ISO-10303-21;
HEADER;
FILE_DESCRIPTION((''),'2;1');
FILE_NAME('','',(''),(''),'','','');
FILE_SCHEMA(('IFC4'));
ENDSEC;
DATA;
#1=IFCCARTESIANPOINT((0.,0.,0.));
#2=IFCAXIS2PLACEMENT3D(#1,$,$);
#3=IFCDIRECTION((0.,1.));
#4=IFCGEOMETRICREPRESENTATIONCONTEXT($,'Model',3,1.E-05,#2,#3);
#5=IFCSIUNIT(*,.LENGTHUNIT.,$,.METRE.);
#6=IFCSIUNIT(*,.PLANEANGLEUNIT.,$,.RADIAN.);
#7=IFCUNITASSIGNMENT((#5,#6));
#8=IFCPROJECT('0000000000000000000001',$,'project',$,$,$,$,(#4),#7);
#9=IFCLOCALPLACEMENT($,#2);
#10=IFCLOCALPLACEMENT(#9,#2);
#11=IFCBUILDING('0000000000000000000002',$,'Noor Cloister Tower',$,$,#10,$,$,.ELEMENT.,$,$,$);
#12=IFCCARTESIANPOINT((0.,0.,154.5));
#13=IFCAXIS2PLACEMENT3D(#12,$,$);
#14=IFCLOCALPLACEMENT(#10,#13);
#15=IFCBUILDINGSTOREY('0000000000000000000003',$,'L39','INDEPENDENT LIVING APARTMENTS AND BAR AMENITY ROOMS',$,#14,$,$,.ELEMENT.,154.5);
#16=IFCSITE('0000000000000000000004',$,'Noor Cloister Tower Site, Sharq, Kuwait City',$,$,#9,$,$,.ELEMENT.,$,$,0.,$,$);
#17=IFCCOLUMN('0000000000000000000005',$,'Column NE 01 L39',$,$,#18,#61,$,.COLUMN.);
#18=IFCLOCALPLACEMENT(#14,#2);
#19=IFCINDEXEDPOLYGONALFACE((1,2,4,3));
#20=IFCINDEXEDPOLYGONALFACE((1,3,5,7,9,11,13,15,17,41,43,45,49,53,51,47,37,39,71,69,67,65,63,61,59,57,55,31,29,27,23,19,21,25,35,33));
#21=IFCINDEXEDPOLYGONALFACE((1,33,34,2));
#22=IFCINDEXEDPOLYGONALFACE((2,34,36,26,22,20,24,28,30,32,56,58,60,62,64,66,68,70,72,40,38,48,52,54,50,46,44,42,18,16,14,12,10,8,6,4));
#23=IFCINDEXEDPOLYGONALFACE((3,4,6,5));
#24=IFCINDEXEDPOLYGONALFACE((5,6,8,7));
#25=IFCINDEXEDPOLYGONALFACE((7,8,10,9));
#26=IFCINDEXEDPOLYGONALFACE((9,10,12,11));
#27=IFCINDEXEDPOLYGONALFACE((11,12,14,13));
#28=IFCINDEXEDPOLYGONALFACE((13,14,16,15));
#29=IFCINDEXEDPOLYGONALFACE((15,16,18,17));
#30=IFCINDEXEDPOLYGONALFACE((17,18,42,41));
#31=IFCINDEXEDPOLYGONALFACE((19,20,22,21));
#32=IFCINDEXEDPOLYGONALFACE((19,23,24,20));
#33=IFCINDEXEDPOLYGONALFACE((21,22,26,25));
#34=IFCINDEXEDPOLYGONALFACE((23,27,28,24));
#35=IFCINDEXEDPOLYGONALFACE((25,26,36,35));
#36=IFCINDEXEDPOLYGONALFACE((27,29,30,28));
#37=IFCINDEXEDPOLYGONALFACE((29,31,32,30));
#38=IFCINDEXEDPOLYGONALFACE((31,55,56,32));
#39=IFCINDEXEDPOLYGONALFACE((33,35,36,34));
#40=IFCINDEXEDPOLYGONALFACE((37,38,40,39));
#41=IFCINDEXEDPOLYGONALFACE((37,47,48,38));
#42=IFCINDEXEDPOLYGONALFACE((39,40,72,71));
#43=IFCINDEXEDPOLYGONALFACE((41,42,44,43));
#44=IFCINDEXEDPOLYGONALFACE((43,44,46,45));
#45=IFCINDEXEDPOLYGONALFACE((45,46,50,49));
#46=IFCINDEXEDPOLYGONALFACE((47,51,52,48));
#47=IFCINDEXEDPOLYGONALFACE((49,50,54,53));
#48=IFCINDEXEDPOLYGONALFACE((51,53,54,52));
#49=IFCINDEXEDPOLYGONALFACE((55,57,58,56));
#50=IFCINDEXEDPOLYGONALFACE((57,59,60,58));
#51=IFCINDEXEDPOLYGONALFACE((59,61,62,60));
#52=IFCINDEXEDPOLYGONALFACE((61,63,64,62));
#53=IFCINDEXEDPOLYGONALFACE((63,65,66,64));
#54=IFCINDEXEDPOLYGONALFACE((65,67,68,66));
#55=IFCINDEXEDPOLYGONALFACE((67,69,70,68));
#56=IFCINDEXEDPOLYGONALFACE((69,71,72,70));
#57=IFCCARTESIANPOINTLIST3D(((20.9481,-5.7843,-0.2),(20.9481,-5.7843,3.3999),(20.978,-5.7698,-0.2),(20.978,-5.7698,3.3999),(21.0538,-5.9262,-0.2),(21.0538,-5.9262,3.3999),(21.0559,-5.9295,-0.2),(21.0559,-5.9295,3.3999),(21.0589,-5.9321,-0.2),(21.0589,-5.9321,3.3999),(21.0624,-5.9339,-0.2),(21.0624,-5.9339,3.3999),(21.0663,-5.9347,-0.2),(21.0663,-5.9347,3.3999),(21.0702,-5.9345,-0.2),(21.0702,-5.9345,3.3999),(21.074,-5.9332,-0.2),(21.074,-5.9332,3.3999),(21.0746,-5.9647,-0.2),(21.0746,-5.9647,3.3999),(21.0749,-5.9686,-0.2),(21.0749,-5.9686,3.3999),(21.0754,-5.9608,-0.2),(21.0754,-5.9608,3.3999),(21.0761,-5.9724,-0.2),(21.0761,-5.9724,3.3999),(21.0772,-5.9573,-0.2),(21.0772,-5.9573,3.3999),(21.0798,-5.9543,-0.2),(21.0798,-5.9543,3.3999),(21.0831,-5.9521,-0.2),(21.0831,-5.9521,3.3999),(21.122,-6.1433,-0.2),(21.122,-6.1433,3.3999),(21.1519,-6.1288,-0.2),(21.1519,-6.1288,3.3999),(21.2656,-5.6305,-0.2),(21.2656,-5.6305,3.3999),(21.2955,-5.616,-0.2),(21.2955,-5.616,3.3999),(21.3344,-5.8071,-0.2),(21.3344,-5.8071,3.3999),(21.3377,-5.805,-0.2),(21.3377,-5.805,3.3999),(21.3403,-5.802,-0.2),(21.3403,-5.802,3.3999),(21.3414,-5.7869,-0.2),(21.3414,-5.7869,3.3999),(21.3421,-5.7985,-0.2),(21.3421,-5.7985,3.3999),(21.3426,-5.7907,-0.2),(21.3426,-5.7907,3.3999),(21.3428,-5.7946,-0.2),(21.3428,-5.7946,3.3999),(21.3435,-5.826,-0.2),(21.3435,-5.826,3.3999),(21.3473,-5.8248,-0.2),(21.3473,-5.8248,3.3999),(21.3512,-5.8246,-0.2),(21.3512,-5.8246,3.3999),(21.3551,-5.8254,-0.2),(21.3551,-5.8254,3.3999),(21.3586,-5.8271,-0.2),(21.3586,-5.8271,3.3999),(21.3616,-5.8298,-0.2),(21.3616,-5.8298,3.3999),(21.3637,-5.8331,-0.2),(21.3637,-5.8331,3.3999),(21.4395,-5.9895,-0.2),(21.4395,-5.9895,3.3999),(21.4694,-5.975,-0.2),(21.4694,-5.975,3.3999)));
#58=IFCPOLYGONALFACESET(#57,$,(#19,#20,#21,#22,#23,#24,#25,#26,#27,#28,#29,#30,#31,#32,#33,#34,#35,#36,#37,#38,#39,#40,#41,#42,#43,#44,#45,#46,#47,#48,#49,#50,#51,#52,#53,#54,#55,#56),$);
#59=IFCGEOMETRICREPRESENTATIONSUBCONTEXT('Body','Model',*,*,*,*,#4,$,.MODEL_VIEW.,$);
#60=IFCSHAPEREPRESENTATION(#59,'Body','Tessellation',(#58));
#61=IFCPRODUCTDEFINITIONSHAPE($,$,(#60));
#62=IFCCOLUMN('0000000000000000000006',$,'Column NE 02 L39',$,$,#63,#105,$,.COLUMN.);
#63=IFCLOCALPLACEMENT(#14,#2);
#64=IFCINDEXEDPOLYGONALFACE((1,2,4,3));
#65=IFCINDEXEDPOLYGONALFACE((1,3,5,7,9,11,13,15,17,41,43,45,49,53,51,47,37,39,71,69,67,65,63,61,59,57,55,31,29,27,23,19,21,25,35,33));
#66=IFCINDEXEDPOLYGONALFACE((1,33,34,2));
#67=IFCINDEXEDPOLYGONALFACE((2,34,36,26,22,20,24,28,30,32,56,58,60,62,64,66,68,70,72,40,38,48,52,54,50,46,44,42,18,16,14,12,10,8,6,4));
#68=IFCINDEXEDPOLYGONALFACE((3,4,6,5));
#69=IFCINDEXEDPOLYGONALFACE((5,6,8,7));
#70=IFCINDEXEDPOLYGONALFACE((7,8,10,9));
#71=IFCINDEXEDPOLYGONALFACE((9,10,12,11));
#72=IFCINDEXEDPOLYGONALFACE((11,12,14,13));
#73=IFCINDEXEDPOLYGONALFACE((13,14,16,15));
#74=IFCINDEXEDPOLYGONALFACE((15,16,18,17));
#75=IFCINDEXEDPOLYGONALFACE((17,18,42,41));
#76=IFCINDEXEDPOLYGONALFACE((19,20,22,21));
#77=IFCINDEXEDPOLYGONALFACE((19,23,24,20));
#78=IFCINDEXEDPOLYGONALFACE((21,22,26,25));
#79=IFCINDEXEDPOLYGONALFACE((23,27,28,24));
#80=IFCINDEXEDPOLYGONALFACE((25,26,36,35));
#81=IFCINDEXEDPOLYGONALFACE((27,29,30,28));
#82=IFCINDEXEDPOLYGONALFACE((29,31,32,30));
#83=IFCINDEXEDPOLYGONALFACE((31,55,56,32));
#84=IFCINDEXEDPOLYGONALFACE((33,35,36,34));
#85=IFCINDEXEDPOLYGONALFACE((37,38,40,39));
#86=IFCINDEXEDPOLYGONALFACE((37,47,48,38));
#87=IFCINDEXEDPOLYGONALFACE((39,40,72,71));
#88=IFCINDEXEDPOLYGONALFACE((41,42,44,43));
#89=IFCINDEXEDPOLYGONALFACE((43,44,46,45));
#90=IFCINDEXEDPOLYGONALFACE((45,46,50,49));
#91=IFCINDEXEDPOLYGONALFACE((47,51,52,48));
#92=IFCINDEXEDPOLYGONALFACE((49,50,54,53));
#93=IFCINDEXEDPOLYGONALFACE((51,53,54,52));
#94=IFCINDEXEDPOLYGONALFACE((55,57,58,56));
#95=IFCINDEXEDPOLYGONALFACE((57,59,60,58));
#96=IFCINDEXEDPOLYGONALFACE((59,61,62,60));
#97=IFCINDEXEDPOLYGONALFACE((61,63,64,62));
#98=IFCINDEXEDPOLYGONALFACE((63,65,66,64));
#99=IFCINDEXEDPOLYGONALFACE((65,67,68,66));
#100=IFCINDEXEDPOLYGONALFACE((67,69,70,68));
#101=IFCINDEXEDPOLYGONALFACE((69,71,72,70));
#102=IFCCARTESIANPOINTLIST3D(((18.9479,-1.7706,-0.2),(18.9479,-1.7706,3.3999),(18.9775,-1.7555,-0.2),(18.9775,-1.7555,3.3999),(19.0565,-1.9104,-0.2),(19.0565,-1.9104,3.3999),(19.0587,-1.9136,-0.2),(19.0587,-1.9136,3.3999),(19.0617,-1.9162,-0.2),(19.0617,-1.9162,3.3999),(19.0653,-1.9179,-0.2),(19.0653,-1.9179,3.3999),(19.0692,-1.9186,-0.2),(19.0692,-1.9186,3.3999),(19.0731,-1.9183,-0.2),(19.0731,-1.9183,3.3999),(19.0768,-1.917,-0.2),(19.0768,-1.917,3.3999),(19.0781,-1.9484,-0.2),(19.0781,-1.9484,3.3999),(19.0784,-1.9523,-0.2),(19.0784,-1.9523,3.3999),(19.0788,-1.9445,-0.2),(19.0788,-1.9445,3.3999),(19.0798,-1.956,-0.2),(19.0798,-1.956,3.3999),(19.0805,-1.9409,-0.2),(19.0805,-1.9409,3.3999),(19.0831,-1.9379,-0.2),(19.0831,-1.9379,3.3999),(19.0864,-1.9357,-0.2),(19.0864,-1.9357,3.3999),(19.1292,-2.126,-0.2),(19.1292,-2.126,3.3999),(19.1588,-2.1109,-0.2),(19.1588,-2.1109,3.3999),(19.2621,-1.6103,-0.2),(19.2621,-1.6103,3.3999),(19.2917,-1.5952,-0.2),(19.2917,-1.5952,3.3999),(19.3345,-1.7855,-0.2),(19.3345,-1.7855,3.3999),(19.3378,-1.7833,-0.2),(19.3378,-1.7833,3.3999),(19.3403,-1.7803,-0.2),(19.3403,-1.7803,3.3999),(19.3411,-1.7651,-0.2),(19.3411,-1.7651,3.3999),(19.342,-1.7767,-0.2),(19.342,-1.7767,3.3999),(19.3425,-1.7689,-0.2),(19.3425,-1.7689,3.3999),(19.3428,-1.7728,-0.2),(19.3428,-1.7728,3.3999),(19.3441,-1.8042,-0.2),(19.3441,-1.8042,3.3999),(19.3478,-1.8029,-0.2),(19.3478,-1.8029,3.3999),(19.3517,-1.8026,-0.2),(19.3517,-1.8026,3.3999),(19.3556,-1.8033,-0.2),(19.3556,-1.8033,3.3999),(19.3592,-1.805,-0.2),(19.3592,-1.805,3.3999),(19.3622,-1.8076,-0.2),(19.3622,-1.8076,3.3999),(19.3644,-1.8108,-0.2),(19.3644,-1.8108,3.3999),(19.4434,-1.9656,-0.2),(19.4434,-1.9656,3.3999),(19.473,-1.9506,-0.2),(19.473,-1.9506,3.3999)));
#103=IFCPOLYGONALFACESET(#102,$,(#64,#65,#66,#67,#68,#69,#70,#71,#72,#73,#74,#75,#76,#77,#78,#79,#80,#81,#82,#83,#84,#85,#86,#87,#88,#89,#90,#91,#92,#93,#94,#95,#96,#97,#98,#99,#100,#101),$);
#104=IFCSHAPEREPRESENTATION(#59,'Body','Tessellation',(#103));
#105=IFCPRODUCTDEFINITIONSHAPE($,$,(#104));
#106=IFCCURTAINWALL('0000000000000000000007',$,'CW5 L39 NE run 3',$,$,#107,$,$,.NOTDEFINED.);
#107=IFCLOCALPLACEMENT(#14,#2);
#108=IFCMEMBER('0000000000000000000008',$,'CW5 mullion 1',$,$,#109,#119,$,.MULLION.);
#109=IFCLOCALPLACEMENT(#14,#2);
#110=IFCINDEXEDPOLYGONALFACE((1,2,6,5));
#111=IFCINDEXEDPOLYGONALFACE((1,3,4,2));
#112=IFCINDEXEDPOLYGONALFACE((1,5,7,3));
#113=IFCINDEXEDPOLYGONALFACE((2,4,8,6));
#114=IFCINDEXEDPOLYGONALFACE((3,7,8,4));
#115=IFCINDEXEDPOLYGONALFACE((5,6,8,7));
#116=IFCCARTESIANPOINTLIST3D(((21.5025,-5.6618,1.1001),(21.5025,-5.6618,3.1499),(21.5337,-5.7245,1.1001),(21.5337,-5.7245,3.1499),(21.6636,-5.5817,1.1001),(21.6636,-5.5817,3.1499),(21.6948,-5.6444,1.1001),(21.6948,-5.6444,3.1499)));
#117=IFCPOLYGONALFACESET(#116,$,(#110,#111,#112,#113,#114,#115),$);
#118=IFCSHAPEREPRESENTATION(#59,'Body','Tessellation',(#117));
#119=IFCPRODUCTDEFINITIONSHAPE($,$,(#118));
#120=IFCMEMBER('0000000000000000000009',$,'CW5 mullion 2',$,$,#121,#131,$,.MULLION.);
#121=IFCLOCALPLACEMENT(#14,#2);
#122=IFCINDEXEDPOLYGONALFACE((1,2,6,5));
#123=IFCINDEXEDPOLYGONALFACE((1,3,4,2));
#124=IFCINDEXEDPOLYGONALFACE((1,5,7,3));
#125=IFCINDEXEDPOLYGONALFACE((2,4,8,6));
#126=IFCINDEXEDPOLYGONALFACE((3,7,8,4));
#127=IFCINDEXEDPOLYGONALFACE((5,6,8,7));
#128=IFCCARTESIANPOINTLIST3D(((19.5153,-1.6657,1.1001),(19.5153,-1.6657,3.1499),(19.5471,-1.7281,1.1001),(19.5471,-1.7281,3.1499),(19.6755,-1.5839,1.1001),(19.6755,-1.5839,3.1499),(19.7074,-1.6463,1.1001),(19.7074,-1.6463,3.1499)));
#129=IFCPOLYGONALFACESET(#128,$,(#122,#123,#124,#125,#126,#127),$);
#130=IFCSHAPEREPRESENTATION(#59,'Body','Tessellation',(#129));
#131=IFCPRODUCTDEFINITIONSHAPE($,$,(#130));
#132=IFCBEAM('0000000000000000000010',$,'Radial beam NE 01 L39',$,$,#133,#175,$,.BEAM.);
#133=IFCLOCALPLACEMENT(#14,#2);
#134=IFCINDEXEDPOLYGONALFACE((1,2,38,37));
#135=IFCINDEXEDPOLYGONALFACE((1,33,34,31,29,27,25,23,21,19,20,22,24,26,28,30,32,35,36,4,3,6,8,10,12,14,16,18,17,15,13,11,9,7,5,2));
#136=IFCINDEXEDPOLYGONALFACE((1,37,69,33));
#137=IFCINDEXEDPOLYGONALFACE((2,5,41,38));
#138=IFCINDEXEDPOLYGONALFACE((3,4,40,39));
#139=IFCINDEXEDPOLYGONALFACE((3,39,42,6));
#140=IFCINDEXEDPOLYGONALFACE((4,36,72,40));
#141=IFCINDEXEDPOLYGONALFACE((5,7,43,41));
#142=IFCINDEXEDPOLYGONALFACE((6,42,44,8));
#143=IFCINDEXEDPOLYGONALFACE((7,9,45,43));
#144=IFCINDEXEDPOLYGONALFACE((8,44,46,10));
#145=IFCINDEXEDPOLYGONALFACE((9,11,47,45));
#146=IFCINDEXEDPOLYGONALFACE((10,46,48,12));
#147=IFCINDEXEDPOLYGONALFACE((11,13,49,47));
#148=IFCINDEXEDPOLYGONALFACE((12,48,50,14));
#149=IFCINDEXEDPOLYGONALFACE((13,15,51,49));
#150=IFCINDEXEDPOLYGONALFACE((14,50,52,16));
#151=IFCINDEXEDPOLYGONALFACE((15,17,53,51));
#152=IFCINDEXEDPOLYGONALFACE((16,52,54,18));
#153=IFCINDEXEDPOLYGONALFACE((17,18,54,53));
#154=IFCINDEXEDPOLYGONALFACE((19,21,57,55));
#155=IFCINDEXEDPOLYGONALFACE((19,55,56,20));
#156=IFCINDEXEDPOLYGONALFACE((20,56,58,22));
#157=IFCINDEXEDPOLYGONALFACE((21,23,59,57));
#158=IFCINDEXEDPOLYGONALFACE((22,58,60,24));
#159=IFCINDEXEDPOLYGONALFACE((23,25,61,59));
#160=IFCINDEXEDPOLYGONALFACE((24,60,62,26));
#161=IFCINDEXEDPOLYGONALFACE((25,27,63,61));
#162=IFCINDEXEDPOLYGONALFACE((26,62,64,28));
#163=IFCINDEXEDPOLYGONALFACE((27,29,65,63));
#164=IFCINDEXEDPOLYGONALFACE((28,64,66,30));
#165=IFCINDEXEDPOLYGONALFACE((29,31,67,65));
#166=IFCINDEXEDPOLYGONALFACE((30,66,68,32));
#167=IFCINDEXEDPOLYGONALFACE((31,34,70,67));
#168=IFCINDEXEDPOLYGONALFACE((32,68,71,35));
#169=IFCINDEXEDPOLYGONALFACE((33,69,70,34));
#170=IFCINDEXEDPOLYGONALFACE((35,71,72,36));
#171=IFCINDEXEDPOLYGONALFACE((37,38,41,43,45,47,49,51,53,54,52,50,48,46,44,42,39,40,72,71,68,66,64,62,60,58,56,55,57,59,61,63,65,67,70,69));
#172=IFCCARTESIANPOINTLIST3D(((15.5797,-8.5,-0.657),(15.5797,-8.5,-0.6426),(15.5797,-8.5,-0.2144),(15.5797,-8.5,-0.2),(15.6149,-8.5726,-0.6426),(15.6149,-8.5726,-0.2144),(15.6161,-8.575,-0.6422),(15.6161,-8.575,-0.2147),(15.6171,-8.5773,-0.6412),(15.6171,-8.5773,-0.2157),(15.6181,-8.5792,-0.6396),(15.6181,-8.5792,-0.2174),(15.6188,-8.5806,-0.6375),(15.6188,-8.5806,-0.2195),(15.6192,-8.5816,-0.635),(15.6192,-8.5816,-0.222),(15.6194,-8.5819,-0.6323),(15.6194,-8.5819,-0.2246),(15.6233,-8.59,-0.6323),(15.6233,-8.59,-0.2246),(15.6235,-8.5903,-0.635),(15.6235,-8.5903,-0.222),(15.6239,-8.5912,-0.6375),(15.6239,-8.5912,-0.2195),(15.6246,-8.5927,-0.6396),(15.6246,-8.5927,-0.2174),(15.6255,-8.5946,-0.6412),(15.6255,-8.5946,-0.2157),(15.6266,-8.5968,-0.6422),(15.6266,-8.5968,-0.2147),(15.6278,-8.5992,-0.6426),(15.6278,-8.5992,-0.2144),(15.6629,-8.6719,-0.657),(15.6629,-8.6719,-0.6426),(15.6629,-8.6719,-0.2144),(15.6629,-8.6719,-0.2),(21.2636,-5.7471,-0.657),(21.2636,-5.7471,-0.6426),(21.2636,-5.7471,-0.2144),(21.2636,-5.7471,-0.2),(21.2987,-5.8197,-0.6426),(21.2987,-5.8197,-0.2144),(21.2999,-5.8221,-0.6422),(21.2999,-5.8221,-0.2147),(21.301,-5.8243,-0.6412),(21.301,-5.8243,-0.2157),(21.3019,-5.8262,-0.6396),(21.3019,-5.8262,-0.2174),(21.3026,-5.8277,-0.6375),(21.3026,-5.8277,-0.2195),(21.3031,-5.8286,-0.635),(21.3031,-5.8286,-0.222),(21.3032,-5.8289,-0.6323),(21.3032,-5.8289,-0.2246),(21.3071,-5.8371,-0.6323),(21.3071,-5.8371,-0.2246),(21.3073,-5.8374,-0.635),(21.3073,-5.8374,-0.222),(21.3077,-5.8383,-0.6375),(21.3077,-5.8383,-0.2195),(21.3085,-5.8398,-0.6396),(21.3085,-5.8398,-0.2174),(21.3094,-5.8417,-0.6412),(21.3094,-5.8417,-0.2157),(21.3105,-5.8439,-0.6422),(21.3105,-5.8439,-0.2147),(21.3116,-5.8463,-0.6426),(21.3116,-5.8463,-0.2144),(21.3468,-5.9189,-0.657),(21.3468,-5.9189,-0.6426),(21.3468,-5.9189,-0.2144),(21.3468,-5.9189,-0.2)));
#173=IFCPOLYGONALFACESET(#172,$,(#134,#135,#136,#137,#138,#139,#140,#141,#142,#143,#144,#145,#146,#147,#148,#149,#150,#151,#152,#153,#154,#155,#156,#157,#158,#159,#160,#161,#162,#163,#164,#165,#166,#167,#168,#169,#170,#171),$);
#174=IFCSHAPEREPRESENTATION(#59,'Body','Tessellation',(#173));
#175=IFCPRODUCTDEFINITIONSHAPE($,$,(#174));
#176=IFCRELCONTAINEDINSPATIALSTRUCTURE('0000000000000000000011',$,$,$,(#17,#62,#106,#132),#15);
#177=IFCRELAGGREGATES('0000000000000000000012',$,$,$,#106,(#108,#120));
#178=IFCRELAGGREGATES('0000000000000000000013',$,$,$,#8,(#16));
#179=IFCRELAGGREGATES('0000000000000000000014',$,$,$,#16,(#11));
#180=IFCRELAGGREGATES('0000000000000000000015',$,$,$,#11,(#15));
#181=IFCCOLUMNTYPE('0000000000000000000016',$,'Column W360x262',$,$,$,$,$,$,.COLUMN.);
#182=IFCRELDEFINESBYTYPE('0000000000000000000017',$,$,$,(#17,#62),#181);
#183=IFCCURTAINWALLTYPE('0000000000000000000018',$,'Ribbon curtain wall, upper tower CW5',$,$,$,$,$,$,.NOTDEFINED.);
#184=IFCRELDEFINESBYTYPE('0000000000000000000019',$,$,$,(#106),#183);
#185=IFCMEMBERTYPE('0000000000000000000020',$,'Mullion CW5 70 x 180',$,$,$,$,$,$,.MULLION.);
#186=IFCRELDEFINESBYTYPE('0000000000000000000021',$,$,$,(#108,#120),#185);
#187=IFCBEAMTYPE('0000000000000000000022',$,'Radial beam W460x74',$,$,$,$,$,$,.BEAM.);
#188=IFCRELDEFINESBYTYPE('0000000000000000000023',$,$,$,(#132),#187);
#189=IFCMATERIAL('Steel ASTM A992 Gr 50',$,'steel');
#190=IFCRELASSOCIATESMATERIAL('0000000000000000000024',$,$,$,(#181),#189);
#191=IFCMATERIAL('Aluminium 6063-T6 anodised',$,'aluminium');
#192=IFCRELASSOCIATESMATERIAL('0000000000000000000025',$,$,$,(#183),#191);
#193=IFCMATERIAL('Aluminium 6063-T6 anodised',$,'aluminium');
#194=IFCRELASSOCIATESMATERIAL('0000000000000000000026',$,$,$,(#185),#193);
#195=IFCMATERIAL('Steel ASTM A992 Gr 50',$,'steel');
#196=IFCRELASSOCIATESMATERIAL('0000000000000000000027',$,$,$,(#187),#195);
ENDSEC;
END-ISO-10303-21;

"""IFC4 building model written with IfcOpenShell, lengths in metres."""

from ifc_helpers import new_model, si_unit, direction, frame, origin, origin_2d, place, context, subcontext, project, spatial, rectangle, i_section, extrude, material, material_profile, profile_set, type_object, element, aggregate, save


model = new_model("IFC4")

# Units and contexts
model_context = context("Model", 3, precision=1e-05, world=origin(), true_north=direction((0.0, 1.0)))
body_context = subcontext(model_context, "Body", "Model", "MODEL_VIEW")
ifc_project = project(units=[si_unit("LENGTHUNIT", "METRE"), si_unit("PLANEANGLEUNIT", "RADIAN")], contexts=[model_context])

# Site, building, storey
site_placement = place(None, origin())
site = spatial("IfcSite", under=ifc_project, at=site_placement, Name="Noor Cloister Tower Site, Sharq, Kuwait City", CompositionType="ELEMENT", RefElevation=0.0)
building_placement = place(site_placement, origin())
building = spatial("IfcBuilding", under=site, at=building_placement, Name="Noor Cloister Tower", CompositionType="ELEMENT")
storey_placement = place(building_placement, frame((0.0, 0.0, 154.5)))
storey = spatial("IfcBuildingStorey", under=building, at=storey_placement, Name="L39", Description="INDEPENDENT LIVING APARTMENTS AND BAR AMENITY ROOMS", CompositionType="ELEMENT", Elevation=154.5)

# Columns
ifc_material_1 = material(Name="Steel ASTM A992 Gr 50", Category="steel")
ifc_material_profile_1 = material_profile(ifc_material_1, i_section(OverallWidth=0.3989, OverallDepth=0.386, WebThickness=0.021, FlangeThickness=0.0332, FilletRadius=0.0151, at=origin_2d()), Name="W360x262")
ifc_profile_set_1 = profile_set([ifc_material_profile_1], Name="Steel ASTM A992 Gr 50")
column_type = type_object("IfcColumnType", Name="Column W360x262", PredefinedType="COLUMN", material=ifc_profile_set_1)
for number, where, z_axis, x_axis, name in (
    (1, (21.2087, -5.8796, -0.2), (0.0, 0.0, 1.0), (-0.435909, 0.899991, 0.0), "Column NE 01 L39"),
    (2, (19.2104, -1.8606, -0.2), (0.0, 0.0, 1.0), (-0.45447, 0.890762, 0.0), "Column NE 02 L39"),
):
    element("IfcColumn", number, at=place(storey_placement, frame(where, z_axis=z_axis, x_axis=x_axis)), inside=storey, type_object=column_type, Name=name, PredefinedType="COLUMN", context=body_context, shape_type="SweptSolid", body=[
        extrude(i_section(OverallWidth=0.3989, OverallDepth=0.386, WebThickness=0.021, FlangeThickness=0.0332, FilletRadius=0.0151, at=origin_2d()), origin(), (0.0, 0.0, 1.0), 3.5999),
    ])

# Curtain wall, members
ifc_material_2 = material(Name="Aluminium 6063-T6 anodised", Category="aluminium")
curtain_wall_type = type_object("IfcCurtainWallType", Name="Ribbon curtain wall, upper tower CW5", PredefinedType="NOTDEFINED", material=ifc_material_2)
curtain_wall_placement = place(storey_placement, origin())
curtain_wall = element("IfcCurtainWall", 3, at=curtain_wall_placement, inside=storey, type_object=curtain_wall_type, Name="CW5 L39 NE run 3", PredefinedType="NOTDEFINED")
ifc_material_3 = material(Name="Aluminium 6063-T6 anodised", Category="aluminium")
ifc_material_profile_2 = material_profile(ifc_material_3, rectangle(XDim=0.1799, YDim=0.0701, at=origin_2d()), Name="180 x 70 mullion")
ifc_profile_set_2 = profile_set([ifc_material_profile_2], Name="Aluminium 6063-T6 anodised")
member_type = type_object("IfcMemberType", Name="Mullion CW5 70 x 180", PredefinedType="MULLION", material=ifc_profile_set_2)
member_1_placement = place(storey_placement, frame((21.5986, -5.6531, 1.1001), z_axis=(0.0, 0.0, 1.0), x_axis=(-0.895424, -0.445213, 0.0)))
member_1 = element("IfcMember", 4, at=member_1_placement, type_object=member_type, Name="CW5 mullion 1", PredefinedType="MULLION", context=body_context, shape_type="SweptSolid", body=[
    extrude(rectangle(XDim=0.1799, YDim=0.0701, at=origin_2d()), origin(), (0.0, 0.0, 1.0), 2.0498),
])
member_2_placement = place(storey_placement, frame((19.6113, -1.656, 1.1001), z_axis=(0.0, 0.0, 1.0), x_axis=(-0.890762, -0.45447, 0.0)))
member_2 = element("IfcMember", 5, at=member_2_placement, type_object=member_type, Name="CW5 mullion 2", PredefinedType="MULLION", context=body_context, shape_type="SweptSolid", body=[
    extrude(rectangle(XDim=0.1799, YDim=0.0701, at=origin_2d()), origin(), (0.0, 0.0, 1.0), 2.0498),
])

# Beam
ifc_material_4 = material(Name="Steel ASTM A992 Gr 50", Category="steel")
ifc_material_profile_3 = material_profile(ifc_material_4, i_section(OverallWidth=0.1909, OverallDepth=0.457, WebThickness=0.009, FlangeThickness=0.0144, FilletRadius=0.0103, at=origin_2d()), Name="W460x74")
ifc_profile_set_3 = profile_set([ifc_material_profile_3], Name="Steel ASTM A992 Gr 50")
beam_type_1 = type_object("IfcBeamType", Name="Radial beam W460x74", PredefinedType="BEAM", material=ifc_profile_set_3)
beam_1_placement = place(storey_placement, frame((21.3052, -5.833, -0.4285), z_axis=(-0.899992, -0.435905, 0.0), x_axis=(0.435905, -0.899992, 0.0)))
element("IfcBeam", 6, at=beam_1_placement, inside=storey, type_object=beam_type_1, Name="Radial beam NE 01 L39", PredefinedType="BEAM", context=body_context, shape_type="SweptSolid", body=[
    extrude(i_section(OverallWidth=0.1909, OverallDepth=0.457, WebThickness=0.009, FlangeThickness=0.0144, FilletRadius=0.0103, at=origin_2d()), origin(), (0.0, 0.0, 1.0), 6.3154),
])

aggregate(curtain_wall, [member_1, member_2])

save(model, "model.ifc")
